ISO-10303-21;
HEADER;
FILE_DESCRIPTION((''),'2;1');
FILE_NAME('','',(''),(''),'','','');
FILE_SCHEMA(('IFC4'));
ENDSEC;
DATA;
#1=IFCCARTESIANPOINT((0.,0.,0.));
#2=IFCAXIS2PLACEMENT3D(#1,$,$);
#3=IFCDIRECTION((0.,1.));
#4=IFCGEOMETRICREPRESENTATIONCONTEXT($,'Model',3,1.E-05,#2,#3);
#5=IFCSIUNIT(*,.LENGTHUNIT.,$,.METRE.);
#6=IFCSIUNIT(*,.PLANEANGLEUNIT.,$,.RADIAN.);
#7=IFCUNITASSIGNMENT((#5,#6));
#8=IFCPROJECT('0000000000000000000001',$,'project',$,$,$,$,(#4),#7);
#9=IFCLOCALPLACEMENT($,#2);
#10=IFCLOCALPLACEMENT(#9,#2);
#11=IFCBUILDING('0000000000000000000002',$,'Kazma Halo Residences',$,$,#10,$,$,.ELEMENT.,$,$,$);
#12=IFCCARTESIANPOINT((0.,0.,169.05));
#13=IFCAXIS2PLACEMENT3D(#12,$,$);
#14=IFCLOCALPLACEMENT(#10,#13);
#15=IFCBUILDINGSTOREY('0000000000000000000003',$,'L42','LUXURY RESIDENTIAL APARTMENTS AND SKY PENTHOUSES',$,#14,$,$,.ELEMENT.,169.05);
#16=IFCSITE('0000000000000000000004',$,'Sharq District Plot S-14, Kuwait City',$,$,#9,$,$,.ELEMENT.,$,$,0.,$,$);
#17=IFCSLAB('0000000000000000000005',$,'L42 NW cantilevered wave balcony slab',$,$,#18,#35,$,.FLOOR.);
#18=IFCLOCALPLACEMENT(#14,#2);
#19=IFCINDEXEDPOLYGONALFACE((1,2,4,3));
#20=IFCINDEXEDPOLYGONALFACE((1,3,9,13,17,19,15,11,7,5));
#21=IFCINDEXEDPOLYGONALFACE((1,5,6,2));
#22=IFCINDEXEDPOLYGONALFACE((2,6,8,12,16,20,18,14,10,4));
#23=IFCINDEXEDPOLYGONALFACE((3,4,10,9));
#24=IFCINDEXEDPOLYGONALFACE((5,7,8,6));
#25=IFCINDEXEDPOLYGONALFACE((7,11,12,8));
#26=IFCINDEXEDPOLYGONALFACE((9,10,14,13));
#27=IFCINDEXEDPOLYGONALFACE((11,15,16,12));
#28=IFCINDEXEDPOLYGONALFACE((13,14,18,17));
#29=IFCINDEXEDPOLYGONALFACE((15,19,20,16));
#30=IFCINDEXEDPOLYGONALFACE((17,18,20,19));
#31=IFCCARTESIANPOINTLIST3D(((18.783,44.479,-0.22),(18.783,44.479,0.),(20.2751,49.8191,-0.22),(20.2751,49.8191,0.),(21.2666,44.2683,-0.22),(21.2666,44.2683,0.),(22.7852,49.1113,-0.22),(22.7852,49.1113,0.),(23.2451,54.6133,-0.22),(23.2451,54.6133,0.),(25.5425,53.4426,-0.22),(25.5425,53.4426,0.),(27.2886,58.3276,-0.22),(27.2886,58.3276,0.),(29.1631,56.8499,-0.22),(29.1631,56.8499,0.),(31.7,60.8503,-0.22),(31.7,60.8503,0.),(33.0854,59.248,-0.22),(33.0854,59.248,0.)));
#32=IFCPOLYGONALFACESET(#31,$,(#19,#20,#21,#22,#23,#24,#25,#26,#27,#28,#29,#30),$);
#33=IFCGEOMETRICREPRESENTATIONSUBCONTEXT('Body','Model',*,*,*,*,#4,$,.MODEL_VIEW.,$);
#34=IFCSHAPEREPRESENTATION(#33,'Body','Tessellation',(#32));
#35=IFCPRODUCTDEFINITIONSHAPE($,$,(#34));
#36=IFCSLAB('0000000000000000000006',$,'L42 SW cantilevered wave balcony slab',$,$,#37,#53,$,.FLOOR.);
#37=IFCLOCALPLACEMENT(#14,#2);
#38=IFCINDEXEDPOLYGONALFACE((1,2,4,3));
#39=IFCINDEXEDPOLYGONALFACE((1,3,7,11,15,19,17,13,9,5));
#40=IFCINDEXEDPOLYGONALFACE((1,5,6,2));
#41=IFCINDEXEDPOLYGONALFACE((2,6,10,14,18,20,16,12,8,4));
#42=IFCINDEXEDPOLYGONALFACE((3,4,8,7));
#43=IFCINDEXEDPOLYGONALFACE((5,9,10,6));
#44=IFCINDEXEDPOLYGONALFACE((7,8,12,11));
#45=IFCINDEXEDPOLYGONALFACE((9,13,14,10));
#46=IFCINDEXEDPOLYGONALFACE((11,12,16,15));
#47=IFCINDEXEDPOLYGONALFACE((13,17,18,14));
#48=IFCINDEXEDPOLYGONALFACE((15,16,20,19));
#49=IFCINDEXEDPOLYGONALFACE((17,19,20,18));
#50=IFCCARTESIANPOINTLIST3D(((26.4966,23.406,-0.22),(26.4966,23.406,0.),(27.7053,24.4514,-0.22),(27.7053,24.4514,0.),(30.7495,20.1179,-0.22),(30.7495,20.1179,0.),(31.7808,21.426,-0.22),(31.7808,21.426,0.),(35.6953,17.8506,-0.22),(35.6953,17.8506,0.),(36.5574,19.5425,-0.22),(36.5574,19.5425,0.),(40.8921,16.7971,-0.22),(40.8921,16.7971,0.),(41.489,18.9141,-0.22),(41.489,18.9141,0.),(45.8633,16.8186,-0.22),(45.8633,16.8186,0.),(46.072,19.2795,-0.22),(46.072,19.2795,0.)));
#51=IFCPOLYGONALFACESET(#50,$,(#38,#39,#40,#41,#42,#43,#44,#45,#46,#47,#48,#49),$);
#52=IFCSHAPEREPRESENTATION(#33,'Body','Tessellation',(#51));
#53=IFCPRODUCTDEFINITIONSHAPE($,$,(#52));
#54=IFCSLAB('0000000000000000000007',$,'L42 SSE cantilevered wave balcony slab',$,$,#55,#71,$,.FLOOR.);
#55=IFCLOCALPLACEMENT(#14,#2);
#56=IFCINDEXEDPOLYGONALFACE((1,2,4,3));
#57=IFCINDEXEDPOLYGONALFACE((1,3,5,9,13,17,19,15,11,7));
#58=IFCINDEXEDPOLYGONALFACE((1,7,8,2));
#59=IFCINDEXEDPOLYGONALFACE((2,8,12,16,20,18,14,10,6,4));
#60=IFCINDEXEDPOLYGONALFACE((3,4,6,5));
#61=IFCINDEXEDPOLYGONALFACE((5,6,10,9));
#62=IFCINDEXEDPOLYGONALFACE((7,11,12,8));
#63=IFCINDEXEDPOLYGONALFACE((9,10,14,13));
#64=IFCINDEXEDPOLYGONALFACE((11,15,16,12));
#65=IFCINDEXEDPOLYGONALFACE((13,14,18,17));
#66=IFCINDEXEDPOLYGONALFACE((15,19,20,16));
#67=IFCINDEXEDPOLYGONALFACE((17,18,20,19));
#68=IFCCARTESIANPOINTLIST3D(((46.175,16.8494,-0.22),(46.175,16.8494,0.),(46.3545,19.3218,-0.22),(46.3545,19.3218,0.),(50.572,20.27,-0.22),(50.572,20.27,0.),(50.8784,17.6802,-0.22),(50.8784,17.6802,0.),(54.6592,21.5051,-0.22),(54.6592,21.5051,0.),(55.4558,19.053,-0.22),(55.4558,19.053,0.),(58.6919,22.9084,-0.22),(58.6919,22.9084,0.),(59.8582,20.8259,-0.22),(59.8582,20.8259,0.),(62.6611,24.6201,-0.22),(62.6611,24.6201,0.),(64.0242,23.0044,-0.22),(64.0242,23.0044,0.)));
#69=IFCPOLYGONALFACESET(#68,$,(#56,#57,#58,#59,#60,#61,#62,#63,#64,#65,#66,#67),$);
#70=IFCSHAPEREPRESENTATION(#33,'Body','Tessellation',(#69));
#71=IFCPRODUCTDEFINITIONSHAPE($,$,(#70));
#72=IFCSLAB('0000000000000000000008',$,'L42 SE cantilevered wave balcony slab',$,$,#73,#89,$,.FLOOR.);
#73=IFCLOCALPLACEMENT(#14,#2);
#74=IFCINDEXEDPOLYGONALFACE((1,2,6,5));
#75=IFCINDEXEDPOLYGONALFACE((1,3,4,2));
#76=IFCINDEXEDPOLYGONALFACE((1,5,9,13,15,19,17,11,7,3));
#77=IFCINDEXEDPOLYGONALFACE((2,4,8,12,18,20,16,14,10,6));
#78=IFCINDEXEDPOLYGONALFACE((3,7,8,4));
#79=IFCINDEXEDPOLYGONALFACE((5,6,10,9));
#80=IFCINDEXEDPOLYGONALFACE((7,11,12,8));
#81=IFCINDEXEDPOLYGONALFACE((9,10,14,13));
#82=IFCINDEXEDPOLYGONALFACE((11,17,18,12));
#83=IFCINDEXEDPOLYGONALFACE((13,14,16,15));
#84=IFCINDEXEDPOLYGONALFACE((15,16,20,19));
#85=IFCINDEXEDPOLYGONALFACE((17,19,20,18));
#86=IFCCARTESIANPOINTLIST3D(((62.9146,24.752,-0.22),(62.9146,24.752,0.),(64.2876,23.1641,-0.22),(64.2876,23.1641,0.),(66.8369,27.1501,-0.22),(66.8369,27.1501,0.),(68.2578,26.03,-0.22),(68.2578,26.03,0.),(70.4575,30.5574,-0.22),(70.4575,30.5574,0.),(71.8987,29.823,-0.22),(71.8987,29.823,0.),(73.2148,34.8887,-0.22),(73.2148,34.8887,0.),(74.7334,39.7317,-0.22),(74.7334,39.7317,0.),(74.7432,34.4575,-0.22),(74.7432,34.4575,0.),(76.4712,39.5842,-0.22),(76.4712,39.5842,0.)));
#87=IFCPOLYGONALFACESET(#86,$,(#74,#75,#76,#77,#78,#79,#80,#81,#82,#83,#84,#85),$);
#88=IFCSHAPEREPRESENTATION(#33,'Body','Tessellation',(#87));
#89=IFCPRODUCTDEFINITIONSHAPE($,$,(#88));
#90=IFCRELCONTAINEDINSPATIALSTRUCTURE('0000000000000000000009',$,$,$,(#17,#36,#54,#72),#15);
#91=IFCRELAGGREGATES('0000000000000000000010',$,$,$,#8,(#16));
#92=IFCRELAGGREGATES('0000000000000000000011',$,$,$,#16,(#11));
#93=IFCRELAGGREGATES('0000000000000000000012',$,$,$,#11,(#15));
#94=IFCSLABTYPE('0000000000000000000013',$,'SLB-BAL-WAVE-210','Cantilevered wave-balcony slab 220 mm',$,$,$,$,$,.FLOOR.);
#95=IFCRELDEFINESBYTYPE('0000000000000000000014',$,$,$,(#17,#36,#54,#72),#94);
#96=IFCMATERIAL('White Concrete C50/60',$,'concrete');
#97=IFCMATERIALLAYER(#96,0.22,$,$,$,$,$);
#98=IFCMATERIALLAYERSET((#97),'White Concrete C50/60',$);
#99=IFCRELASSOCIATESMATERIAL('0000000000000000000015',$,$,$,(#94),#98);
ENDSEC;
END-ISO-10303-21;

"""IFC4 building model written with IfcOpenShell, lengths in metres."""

from ifc_helpers import new_model, si_unit, direction, frame, origin, place, context, subcontext, project, spatial, polyline, outline, extrude, material, layer, layer_set, type_object, element, save


model = new_model("IFC4")

# Units and contexts
model_context = context("Model", 3, precision=1e-05, world=origin(), true_north=direction((0.0, 1.0)))
body_context = subcontext(model_context, "Body", "Model", "MODEL_VIEW")
ifc_project = project(units=[si_unit("LENGTHUNIT", "METRE"), si_unit("PLANEANGLEUNIT", "RADIAN")], contexts=[model_context])

# Site, building, storey
site_placement = place(None, origin())
site = spatial("IfcSite", under=ifc_project, at=site_placement, Name="Sharq District Plot S-14, Kuwait City", CompositionType="ELEMENT", RefElevation=0.0)
building_placement = place(site_placement, origin())
building = spatial("IfcBuilding", under=site, at=building_placement, Name="Kazma Halo Residences", CompositionType="ELEMENT")
storey_placement = place(building_placement, frame((0.0, 0.0, 169.05)))
storey = spatial("IfcBuildingStorey", under=building, at=storey_placement, Name="L42", Description="LUXURY RESIDENTIAL APARTMENTS AND SKY PENTHOUSES", CompositionType="ELEMENT", Elevation=169.05)

# Slabs
ifc_material_1 = material(Name="White Concrete C50/60", Category="concrete")
ifc_layer_1 = layer(ifc_material_1, 0.22)
ifc_layer_set_1 = layer_set([ifc_layer_1], Name="White Concrete C50/60")
slab_type_1 = type_object("IfcSlabType", Name="SLB-BAL-WAVE-210", Description="Cantilevered wave-balcony slab 220 mm", PredefinedType="FLOOR", material=ifc_layer_set_1)
slab_1_placement = place(storey_placement, frame((0.0, 0.0, -0.22)))
element("IfcSlab", 1, at=slab_1_placement, inside=storey, type_object=slab_type_1, Name="L42 NW cantilevered wave balcony slab", PredefinedType="FLOOR", context=body_context, shape_type="SweptSolid", body=[
    extrude(outline(polyline([(33.0854, 59.248), (29.1631, 56.8499), (25.5425, 53.4426), (22.7852, 49.1113), (21.2666, 44.2683), (18.783, 44.479), (20.2751, 49.8191), (23.2451, 54.6133), (27.2886, 58.3276), (31.7, 60.8503), (33.0854, 59.248)])), origin(), (0.0, 0.0, 1.0), 0.22),
])
slab_2_placement = place(storey_placement, frame((0.0, 0.0, -0.22)))
element("IfcSlab", 2, at=slab_2_placement, inside=storey, type_object=slab_type_1, Name="L42 SW cantilevered wave balcony slab", PredefinedType="FLOOR", context=body_context, shape_type="SweptSolid", body=[
    extrude(outline(polyline([(27.7053, 24.4514), (31.7808, 21.426), (36.5574, 19.5425), (41.489, 18.9141), (46.072, 19.2795), (45.8633, 16.8186), (40.8921, 16.7971), (35.6953, 17.8506), (30.7495, 20.1179), (26.4966, 23.406), (27.7053, 24.4514)])), origin(), (0.0, 0.0, 1.0), 0.22),
])
slab_3_placement = place(storey_placement, frame((0.0, 0.0, -0.22)))
element("IfcSlab", 3, at=slab_3_placement, inside=storey, type_object=slab_type_1, Name="L42 SSE cantilevered wave balcony slab", PredefinedType="FLOOR", context=body_context, shape_type="SweptSolid", body=[
    extrude(outline(polyline([(46.3545, 19.3218), (50.572, 20.27), (54.6592, 21.5051), (58.6919, 22.9084), (62.6611, 24.6201), (64.0242, 23.0044), (59.8582, 20.8259), (55.4558, 19.053), (50.8784, 17.6802), (46.175, 16.8494), (46.3545, 19.3218)])), origin(), (0.0, 0.0, 1.0), 0.22),
])
slab_4_placement = place(storey_placement, frame((0.0, 0.0, -0.22)))
element("IfcSlab", 4, at=slab_4_placement, inside=storey, type_object=slab_type_1, Name="L42 SE cantilevered wave balcony slab", PredefinedType="FLOOR", context=body_context, shape_type="SweptSolid", body=[
    extrude(outline(polyline([(62.9146, 24.752), (66.8369, 27.1501), (70.4575, 30.5574), (73.2148, 34.8887), (74.7334, 39.7317), (76.4712, 39.5842), (74.7432, 34.4575), (71.8987, 29.823), (68.2578, 26.03), (64.2876, 23.1641), (62.9146, 24.752)])), origin(), (0.0, 0.0, 1.0), 0.22),
])

save(model, "model.ifc")
